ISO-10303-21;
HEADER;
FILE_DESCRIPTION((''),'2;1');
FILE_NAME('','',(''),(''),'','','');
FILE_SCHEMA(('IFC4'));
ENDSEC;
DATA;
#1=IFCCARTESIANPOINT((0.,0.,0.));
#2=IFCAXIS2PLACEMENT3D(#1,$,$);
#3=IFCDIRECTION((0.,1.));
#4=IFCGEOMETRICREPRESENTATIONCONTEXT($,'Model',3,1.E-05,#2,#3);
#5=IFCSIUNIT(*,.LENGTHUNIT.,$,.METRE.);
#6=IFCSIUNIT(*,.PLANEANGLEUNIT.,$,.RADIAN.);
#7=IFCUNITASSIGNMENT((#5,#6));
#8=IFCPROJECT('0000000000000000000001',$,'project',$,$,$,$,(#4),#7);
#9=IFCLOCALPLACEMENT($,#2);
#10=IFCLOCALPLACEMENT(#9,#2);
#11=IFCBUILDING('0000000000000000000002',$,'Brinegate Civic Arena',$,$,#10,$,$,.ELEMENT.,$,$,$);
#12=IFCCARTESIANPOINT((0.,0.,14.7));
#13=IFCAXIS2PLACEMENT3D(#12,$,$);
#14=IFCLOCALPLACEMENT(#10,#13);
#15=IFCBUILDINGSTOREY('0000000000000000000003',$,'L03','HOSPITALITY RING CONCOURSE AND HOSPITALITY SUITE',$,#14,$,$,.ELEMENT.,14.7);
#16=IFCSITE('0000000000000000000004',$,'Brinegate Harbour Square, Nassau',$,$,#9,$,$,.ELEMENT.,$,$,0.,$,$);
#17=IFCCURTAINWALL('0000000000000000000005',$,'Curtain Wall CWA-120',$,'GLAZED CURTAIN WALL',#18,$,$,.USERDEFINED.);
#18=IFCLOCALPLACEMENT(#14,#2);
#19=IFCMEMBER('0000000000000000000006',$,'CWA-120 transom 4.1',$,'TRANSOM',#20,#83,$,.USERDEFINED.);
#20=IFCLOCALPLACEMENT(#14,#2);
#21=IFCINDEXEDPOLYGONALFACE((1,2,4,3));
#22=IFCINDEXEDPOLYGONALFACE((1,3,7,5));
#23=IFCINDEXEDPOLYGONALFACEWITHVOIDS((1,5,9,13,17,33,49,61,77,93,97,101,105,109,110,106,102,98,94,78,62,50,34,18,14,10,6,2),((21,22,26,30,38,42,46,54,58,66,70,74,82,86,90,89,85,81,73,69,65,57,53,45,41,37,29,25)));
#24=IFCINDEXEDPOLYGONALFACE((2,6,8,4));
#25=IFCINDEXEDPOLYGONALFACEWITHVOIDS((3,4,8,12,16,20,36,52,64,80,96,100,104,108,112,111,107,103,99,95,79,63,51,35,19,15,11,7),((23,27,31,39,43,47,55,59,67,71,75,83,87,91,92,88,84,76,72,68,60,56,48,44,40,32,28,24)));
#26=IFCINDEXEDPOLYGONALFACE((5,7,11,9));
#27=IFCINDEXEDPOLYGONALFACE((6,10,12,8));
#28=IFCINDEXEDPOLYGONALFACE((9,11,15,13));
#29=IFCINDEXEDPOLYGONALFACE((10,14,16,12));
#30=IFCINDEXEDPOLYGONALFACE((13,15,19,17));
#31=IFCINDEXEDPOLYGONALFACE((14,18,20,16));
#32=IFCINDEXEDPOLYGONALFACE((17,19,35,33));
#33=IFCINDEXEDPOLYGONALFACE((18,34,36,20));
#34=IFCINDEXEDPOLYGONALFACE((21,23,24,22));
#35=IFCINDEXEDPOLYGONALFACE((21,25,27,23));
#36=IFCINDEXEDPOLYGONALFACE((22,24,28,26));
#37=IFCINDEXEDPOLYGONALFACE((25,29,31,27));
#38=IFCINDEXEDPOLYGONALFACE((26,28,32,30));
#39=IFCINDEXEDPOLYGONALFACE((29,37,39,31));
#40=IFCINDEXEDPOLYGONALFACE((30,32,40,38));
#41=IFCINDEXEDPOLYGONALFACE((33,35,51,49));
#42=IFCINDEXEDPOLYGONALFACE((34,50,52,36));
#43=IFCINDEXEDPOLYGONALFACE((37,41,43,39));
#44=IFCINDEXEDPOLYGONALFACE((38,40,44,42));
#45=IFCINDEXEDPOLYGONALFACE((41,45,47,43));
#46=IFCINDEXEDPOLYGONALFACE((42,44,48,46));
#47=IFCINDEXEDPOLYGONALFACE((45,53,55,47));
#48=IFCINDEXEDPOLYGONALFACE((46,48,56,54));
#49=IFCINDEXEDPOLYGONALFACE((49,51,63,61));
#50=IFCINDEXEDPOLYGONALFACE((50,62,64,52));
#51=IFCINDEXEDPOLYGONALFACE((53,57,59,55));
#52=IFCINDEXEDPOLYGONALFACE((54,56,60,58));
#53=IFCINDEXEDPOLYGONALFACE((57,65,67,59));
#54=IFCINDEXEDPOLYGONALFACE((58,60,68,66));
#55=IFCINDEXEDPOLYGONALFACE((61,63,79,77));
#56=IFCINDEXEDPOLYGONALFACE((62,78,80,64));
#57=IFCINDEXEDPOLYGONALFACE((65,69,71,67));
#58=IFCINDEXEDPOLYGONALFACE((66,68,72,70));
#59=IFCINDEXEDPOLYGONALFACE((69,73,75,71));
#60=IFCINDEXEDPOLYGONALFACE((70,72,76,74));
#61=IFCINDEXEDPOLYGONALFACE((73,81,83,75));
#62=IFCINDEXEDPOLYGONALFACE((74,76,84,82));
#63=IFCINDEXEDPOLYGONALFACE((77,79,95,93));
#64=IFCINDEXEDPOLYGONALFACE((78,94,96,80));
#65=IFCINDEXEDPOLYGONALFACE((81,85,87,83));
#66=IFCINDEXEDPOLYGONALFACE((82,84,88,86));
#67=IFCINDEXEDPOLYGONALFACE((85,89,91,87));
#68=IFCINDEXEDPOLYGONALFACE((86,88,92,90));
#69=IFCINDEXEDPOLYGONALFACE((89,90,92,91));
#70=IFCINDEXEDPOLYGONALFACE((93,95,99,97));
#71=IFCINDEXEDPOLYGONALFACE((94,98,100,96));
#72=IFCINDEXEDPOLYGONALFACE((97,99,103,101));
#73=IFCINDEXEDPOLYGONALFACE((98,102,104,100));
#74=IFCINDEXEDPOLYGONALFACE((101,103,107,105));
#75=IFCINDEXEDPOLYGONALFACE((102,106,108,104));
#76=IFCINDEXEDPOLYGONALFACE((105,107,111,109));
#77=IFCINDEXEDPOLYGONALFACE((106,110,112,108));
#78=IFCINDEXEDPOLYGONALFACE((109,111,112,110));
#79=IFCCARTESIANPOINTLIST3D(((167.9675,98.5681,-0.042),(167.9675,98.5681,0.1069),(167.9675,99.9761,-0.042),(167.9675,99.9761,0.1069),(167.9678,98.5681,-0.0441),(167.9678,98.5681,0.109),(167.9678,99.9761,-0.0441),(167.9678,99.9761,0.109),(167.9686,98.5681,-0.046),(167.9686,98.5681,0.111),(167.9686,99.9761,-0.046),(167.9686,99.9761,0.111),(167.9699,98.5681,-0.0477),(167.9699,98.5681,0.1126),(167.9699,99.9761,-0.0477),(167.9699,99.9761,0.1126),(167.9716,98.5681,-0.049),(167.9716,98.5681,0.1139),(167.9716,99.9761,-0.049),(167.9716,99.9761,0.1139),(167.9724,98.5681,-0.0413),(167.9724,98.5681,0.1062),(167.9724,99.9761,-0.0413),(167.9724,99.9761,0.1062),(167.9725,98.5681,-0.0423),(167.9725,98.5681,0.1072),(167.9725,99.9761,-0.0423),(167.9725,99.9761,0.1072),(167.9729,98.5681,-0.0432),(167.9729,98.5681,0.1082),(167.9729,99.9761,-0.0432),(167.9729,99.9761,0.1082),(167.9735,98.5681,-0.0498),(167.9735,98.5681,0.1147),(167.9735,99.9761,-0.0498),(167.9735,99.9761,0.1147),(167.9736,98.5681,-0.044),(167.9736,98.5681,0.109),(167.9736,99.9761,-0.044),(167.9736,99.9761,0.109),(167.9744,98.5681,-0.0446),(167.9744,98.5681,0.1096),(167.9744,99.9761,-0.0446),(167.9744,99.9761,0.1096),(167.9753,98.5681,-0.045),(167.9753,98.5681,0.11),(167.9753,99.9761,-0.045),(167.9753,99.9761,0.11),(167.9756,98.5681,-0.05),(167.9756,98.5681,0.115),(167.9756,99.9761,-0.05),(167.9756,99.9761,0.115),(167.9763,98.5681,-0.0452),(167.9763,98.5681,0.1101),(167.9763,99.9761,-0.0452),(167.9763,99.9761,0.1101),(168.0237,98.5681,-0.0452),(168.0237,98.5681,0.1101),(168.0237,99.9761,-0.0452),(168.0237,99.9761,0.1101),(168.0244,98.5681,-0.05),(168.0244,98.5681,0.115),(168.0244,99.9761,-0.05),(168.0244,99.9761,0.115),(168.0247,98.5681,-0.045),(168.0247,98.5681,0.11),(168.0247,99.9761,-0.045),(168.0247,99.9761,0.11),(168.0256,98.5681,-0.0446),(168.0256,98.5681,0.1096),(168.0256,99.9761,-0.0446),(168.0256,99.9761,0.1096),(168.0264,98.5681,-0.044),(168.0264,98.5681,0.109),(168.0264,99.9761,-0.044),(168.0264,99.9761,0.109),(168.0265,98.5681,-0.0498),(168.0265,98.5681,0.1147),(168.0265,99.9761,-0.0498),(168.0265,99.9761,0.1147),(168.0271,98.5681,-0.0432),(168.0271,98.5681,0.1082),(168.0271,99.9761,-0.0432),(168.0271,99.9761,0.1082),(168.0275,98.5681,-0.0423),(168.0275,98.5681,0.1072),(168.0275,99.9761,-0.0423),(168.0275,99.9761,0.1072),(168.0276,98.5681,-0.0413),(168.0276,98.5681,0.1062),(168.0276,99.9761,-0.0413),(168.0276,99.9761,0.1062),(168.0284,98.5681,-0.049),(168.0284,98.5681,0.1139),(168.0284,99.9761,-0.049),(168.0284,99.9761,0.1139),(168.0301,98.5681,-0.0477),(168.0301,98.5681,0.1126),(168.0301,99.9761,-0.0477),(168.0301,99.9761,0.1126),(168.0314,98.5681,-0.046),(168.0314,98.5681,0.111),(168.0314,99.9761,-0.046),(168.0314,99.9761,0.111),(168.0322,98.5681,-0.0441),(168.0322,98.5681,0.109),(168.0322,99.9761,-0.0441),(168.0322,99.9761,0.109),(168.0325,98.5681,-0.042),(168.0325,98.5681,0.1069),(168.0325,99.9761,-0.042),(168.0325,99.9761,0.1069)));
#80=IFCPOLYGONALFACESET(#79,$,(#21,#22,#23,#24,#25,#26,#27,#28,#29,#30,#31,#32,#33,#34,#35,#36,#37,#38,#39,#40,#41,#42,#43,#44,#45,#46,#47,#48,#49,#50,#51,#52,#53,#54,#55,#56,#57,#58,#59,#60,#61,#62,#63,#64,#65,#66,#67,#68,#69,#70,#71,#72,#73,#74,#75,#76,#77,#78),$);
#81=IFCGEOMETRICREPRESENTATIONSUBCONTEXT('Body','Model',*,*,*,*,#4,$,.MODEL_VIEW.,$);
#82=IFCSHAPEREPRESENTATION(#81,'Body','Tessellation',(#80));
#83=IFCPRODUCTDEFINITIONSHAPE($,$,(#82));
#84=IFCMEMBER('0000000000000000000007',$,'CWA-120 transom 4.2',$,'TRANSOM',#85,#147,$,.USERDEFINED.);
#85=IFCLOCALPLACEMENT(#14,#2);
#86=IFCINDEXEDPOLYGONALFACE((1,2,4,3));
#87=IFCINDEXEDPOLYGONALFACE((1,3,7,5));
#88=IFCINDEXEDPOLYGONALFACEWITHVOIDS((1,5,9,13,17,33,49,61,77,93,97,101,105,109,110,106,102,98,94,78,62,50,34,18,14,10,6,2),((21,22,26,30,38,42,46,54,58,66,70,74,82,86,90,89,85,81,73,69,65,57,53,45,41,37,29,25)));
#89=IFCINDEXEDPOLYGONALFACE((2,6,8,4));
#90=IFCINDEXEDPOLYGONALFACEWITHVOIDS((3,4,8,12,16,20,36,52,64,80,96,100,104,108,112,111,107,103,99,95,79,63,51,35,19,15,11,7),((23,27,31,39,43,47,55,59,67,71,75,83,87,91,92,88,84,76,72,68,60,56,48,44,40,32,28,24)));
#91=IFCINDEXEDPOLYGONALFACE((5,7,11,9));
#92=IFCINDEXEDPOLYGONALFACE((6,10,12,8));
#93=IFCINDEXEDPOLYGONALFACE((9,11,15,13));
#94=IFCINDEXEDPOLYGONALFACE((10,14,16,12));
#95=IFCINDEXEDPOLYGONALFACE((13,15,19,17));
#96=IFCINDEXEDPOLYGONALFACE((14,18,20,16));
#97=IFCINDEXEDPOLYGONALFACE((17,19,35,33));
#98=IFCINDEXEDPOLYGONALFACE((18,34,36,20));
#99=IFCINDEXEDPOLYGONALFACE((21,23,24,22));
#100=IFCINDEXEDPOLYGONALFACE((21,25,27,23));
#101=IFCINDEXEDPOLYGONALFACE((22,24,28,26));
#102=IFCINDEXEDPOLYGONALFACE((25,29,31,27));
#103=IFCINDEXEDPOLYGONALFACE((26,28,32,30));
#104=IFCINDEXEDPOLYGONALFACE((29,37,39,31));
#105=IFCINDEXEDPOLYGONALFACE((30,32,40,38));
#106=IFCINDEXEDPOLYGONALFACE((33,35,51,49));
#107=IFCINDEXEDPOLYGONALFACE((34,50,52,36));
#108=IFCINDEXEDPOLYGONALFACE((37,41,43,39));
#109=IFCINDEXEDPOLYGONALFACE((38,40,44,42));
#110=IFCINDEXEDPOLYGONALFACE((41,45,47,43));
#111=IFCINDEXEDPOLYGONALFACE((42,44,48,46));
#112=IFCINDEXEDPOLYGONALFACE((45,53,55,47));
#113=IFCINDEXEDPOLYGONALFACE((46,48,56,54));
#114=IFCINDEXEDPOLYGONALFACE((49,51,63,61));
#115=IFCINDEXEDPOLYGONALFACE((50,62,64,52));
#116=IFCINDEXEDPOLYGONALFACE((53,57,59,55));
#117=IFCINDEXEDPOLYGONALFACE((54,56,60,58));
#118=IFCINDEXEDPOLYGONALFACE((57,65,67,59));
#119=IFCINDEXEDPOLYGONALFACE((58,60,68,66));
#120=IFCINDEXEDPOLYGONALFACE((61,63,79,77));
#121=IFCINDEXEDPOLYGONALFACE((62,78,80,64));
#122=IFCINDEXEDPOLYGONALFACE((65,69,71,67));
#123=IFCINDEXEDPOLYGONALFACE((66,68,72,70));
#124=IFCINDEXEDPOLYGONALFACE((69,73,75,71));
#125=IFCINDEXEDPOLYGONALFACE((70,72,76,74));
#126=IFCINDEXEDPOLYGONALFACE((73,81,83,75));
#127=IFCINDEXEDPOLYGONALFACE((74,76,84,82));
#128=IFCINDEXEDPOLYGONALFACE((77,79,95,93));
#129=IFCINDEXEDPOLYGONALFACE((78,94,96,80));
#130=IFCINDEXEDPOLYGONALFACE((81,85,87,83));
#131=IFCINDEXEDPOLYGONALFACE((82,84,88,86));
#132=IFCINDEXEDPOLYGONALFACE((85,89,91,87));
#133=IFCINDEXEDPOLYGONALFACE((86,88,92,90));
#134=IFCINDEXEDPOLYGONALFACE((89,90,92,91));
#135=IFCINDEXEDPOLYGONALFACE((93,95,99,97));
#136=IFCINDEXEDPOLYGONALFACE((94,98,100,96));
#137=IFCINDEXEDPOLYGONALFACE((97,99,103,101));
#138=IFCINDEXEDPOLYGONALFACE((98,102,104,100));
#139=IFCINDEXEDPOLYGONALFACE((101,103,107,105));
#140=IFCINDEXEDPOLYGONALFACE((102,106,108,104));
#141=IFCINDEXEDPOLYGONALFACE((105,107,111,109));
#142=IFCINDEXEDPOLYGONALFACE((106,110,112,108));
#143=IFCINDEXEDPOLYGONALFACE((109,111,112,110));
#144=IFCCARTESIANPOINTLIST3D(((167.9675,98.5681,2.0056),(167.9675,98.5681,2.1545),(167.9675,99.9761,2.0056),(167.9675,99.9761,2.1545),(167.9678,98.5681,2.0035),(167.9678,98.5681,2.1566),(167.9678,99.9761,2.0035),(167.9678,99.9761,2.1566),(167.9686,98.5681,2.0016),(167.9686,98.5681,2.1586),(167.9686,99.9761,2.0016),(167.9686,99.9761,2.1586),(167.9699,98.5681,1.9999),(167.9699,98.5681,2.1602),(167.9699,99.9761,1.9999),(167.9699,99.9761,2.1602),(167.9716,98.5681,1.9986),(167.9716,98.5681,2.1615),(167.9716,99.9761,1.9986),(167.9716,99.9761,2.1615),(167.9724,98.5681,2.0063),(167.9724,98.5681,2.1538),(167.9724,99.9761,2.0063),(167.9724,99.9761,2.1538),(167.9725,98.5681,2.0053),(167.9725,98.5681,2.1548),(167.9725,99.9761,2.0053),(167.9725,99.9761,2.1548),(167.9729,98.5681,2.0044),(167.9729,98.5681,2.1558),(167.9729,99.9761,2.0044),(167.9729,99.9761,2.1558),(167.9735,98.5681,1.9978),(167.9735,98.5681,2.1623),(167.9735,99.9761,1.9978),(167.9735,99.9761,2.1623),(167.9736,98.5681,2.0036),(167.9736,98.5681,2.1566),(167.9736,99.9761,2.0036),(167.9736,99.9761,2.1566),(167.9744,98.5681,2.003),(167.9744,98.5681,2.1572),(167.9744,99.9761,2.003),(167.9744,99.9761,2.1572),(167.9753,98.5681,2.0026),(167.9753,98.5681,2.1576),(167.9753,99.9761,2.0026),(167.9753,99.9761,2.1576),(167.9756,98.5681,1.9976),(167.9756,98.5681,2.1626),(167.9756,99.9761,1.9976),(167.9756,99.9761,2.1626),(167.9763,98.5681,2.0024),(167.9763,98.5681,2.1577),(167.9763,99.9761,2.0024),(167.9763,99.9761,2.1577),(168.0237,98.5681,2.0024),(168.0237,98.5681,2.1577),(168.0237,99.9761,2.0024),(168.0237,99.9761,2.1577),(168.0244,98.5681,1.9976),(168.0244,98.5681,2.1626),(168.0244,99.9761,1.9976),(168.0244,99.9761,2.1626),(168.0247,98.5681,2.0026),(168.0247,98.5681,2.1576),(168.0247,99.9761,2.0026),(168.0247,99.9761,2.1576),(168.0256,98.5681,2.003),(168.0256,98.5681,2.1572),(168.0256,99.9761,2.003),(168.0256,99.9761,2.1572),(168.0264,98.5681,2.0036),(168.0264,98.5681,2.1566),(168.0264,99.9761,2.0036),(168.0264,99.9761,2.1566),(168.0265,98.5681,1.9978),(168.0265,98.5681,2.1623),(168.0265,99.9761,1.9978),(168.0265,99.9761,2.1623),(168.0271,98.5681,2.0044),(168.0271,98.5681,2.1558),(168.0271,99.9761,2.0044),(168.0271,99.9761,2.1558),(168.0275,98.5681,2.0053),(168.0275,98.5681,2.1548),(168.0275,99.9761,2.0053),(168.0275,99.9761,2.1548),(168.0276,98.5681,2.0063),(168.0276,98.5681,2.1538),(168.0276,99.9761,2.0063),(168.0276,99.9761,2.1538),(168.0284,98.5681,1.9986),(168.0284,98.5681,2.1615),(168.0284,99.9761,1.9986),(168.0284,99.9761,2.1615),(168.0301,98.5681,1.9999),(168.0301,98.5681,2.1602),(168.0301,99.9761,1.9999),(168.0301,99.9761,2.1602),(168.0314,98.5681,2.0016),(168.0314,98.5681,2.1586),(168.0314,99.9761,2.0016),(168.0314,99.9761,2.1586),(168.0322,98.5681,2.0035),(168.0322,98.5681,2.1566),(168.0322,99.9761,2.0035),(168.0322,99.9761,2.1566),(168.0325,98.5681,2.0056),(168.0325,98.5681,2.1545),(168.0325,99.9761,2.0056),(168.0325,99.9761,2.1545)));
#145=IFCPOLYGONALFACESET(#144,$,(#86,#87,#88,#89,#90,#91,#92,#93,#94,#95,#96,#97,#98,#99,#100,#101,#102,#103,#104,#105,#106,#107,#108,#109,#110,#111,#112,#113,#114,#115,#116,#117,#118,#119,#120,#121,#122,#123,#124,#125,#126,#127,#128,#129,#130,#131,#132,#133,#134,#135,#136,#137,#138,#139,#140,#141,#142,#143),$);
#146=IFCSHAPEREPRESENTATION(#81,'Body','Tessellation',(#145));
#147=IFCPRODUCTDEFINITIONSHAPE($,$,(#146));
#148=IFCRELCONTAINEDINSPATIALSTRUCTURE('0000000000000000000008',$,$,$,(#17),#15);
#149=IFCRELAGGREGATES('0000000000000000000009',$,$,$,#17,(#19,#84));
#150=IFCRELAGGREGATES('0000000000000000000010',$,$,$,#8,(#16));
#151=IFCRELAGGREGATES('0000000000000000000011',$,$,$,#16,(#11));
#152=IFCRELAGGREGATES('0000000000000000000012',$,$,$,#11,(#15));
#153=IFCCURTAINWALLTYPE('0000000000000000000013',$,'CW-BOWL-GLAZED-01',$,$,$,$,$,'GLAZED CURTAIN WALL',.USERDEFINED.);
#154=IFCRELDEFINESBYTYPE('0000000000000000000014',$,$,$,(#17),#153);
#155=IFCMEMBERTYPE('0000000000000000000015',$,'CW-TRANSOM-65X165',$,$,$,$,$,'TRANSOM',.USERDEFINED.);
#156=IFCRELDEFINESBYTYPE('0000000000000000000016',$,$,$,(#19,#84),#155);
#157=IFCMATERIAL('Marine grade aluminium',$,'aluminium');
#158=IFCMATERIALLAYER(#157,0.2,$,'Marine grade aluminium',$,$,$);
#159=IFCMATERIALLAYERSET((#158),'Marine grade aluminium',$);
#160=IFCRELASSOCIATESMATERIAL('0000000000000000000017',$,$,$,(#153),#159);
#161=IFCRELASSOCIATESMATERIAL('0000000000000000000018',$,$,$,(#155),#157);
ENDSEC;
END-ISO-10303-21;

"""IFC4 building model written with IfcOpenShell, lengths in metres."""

from ifc_helpers import new_model, si_unit, direction, frame, origin, origin_2d, place, context, subcontext, project, spatial, hollow_rectangle, extrude, material, layer, layer_set, material_profile, profile_set, type_object, element, aggregate, save


model = new_model("IFC4")

# Units and contexts
model_context = context("Model", 3, precision=1e-05, world=origin(), true_north=direction((0.0, 1.0)))
body_context = subcontext(model_context, "Body", "Model", "MODEL_VIEW")
ifc_project = project(units=[si_unit("LENGTHUNIT", "METRE"), si_unit("PLANEANGLEUNIT", "RADIAN")], contexts=[model_context])

# Site, building, storey
site_placement = place(None, origin())
site = spatial("IfcSite", under=ifc_project, at=site_placement, Name="Brinegate Harbour Square, Nassau", CompositionType="ELEMENT", RefElevation=0.0)
building_placement = place(site_placement, origin())
building = spatial("IfcBuilding", under=site, at=building_placement, Name="Brinegate Civic Arena", CompositionType="ELEMENT")
storey_placement = place(building_placement, frame((0.0, 0.0, 14.7)))
storey = spatial("IfcBuildingStorey", under=building, at=storey_placement, Name="L03", Description="HOSPITALITY RING CONCOURSE AND HOSPITALITY SUITE", CompositionType="ELEMENT", Elevation=14.7)

# Curtain wall, members
ifc_material_1 = material(Name="Marine grade aluminium", Category="aluminium")
ifc_layer_1 = layer(ifc_material_1, 0.2, Name="Marine grade aluminium")
ifc_layer_set_1 = layer_set([ifc_layer_1], Name="Marine grade aluminium")
curtain_wall_type = type_object("IfcCurtainWallType", Name="CW-BOWL-GLAZED-01", ElementType="GLAZED CURTAIN WALL", PredefinedType="USERDEFINED", material=ifc_layer_set_1)
curtain_wall_placement = place(storey_placement, origin())
curtain_wall = element("IfcCurtainWall", 1, at=curtain_wall_placement, inside=storey, type_object=curtain_wall_type, Name="Curtain Wall CWA-120", ObjectType="GLAZED CURTAIN WALL", PredefinedType="USERDEFINED")
ifc_material_profile_1 = material_profile(ifc_material_1, hollow_rectangle(XDim=0.0649, YDim=0.165, WallThickness=0.0049, InnerFilletRadius=0.0039, OuterFilletRadius=0.0081, at=origin_2d()), Name="TRN65X165")
ifc_profile_set_1 = profile_set([ifc_material_profile_1], Name="Marine grade aluminium")
member_type_1 = type_object("IfcMemberType", Name="CW-TRANSOM-65X165", ElementType="TRANSOM", PredefinedType="USERDEFINED", material=ifc_profile_set_1)
member_1_placement = place(storey_placement, frame((168.0, 98.5681, 0.0325), z_axis=(0.0, 1.0, 0.0), x_axis=(-1.0, 0.0, 0.0)))
member_1 = element("IfcMember", 2, at=member_1_placement, type_object=member_type_1, Name="CWA-120 transom 4.1", ObjectType="TRANSOM", PredefinedType="USERDEFINED", context=body_context, shape_type="SweptSolid", body=[
    extrude(hollow_rectangle(XDim=0.0649, YDim=0.165, WallThickness=0.0049, InnerFilletRadius=0.0039, OuterFilletRadius=0.0081, at=origin_2d()), origin(), (0.0, 0.0, 1.0), 1.408),
])
member_2_placement = place(storey_placement, frame((168.0, 98.5681, 2.0801), z_axis=(0.0, 1.0, 0.0), x_axis=(-1.0, 0.0, 0.0)))
member_2 = element("IfcMember", 3, at=member_2_placement, type_object=member_type_1, Name="CWA-120 transom 4.2", ObjectType="TRANSOM", PredefinedType="USERDEFINED", context=body_context, shape_type="SweptSolid", body=[
    extrude(hollow_rectangle(XDim=0.0649, YDim=0.165, WallThickness=0.0049, InnerFilletRadius=0.0039, OuterFilletRadius=0.0081, at=origin_2d()), origin(), (0.0, 0.0, 1.0), 1.408),
])

aggregate(curtain_wall, [member_1, member_2])

save(model, "model.ifc")
